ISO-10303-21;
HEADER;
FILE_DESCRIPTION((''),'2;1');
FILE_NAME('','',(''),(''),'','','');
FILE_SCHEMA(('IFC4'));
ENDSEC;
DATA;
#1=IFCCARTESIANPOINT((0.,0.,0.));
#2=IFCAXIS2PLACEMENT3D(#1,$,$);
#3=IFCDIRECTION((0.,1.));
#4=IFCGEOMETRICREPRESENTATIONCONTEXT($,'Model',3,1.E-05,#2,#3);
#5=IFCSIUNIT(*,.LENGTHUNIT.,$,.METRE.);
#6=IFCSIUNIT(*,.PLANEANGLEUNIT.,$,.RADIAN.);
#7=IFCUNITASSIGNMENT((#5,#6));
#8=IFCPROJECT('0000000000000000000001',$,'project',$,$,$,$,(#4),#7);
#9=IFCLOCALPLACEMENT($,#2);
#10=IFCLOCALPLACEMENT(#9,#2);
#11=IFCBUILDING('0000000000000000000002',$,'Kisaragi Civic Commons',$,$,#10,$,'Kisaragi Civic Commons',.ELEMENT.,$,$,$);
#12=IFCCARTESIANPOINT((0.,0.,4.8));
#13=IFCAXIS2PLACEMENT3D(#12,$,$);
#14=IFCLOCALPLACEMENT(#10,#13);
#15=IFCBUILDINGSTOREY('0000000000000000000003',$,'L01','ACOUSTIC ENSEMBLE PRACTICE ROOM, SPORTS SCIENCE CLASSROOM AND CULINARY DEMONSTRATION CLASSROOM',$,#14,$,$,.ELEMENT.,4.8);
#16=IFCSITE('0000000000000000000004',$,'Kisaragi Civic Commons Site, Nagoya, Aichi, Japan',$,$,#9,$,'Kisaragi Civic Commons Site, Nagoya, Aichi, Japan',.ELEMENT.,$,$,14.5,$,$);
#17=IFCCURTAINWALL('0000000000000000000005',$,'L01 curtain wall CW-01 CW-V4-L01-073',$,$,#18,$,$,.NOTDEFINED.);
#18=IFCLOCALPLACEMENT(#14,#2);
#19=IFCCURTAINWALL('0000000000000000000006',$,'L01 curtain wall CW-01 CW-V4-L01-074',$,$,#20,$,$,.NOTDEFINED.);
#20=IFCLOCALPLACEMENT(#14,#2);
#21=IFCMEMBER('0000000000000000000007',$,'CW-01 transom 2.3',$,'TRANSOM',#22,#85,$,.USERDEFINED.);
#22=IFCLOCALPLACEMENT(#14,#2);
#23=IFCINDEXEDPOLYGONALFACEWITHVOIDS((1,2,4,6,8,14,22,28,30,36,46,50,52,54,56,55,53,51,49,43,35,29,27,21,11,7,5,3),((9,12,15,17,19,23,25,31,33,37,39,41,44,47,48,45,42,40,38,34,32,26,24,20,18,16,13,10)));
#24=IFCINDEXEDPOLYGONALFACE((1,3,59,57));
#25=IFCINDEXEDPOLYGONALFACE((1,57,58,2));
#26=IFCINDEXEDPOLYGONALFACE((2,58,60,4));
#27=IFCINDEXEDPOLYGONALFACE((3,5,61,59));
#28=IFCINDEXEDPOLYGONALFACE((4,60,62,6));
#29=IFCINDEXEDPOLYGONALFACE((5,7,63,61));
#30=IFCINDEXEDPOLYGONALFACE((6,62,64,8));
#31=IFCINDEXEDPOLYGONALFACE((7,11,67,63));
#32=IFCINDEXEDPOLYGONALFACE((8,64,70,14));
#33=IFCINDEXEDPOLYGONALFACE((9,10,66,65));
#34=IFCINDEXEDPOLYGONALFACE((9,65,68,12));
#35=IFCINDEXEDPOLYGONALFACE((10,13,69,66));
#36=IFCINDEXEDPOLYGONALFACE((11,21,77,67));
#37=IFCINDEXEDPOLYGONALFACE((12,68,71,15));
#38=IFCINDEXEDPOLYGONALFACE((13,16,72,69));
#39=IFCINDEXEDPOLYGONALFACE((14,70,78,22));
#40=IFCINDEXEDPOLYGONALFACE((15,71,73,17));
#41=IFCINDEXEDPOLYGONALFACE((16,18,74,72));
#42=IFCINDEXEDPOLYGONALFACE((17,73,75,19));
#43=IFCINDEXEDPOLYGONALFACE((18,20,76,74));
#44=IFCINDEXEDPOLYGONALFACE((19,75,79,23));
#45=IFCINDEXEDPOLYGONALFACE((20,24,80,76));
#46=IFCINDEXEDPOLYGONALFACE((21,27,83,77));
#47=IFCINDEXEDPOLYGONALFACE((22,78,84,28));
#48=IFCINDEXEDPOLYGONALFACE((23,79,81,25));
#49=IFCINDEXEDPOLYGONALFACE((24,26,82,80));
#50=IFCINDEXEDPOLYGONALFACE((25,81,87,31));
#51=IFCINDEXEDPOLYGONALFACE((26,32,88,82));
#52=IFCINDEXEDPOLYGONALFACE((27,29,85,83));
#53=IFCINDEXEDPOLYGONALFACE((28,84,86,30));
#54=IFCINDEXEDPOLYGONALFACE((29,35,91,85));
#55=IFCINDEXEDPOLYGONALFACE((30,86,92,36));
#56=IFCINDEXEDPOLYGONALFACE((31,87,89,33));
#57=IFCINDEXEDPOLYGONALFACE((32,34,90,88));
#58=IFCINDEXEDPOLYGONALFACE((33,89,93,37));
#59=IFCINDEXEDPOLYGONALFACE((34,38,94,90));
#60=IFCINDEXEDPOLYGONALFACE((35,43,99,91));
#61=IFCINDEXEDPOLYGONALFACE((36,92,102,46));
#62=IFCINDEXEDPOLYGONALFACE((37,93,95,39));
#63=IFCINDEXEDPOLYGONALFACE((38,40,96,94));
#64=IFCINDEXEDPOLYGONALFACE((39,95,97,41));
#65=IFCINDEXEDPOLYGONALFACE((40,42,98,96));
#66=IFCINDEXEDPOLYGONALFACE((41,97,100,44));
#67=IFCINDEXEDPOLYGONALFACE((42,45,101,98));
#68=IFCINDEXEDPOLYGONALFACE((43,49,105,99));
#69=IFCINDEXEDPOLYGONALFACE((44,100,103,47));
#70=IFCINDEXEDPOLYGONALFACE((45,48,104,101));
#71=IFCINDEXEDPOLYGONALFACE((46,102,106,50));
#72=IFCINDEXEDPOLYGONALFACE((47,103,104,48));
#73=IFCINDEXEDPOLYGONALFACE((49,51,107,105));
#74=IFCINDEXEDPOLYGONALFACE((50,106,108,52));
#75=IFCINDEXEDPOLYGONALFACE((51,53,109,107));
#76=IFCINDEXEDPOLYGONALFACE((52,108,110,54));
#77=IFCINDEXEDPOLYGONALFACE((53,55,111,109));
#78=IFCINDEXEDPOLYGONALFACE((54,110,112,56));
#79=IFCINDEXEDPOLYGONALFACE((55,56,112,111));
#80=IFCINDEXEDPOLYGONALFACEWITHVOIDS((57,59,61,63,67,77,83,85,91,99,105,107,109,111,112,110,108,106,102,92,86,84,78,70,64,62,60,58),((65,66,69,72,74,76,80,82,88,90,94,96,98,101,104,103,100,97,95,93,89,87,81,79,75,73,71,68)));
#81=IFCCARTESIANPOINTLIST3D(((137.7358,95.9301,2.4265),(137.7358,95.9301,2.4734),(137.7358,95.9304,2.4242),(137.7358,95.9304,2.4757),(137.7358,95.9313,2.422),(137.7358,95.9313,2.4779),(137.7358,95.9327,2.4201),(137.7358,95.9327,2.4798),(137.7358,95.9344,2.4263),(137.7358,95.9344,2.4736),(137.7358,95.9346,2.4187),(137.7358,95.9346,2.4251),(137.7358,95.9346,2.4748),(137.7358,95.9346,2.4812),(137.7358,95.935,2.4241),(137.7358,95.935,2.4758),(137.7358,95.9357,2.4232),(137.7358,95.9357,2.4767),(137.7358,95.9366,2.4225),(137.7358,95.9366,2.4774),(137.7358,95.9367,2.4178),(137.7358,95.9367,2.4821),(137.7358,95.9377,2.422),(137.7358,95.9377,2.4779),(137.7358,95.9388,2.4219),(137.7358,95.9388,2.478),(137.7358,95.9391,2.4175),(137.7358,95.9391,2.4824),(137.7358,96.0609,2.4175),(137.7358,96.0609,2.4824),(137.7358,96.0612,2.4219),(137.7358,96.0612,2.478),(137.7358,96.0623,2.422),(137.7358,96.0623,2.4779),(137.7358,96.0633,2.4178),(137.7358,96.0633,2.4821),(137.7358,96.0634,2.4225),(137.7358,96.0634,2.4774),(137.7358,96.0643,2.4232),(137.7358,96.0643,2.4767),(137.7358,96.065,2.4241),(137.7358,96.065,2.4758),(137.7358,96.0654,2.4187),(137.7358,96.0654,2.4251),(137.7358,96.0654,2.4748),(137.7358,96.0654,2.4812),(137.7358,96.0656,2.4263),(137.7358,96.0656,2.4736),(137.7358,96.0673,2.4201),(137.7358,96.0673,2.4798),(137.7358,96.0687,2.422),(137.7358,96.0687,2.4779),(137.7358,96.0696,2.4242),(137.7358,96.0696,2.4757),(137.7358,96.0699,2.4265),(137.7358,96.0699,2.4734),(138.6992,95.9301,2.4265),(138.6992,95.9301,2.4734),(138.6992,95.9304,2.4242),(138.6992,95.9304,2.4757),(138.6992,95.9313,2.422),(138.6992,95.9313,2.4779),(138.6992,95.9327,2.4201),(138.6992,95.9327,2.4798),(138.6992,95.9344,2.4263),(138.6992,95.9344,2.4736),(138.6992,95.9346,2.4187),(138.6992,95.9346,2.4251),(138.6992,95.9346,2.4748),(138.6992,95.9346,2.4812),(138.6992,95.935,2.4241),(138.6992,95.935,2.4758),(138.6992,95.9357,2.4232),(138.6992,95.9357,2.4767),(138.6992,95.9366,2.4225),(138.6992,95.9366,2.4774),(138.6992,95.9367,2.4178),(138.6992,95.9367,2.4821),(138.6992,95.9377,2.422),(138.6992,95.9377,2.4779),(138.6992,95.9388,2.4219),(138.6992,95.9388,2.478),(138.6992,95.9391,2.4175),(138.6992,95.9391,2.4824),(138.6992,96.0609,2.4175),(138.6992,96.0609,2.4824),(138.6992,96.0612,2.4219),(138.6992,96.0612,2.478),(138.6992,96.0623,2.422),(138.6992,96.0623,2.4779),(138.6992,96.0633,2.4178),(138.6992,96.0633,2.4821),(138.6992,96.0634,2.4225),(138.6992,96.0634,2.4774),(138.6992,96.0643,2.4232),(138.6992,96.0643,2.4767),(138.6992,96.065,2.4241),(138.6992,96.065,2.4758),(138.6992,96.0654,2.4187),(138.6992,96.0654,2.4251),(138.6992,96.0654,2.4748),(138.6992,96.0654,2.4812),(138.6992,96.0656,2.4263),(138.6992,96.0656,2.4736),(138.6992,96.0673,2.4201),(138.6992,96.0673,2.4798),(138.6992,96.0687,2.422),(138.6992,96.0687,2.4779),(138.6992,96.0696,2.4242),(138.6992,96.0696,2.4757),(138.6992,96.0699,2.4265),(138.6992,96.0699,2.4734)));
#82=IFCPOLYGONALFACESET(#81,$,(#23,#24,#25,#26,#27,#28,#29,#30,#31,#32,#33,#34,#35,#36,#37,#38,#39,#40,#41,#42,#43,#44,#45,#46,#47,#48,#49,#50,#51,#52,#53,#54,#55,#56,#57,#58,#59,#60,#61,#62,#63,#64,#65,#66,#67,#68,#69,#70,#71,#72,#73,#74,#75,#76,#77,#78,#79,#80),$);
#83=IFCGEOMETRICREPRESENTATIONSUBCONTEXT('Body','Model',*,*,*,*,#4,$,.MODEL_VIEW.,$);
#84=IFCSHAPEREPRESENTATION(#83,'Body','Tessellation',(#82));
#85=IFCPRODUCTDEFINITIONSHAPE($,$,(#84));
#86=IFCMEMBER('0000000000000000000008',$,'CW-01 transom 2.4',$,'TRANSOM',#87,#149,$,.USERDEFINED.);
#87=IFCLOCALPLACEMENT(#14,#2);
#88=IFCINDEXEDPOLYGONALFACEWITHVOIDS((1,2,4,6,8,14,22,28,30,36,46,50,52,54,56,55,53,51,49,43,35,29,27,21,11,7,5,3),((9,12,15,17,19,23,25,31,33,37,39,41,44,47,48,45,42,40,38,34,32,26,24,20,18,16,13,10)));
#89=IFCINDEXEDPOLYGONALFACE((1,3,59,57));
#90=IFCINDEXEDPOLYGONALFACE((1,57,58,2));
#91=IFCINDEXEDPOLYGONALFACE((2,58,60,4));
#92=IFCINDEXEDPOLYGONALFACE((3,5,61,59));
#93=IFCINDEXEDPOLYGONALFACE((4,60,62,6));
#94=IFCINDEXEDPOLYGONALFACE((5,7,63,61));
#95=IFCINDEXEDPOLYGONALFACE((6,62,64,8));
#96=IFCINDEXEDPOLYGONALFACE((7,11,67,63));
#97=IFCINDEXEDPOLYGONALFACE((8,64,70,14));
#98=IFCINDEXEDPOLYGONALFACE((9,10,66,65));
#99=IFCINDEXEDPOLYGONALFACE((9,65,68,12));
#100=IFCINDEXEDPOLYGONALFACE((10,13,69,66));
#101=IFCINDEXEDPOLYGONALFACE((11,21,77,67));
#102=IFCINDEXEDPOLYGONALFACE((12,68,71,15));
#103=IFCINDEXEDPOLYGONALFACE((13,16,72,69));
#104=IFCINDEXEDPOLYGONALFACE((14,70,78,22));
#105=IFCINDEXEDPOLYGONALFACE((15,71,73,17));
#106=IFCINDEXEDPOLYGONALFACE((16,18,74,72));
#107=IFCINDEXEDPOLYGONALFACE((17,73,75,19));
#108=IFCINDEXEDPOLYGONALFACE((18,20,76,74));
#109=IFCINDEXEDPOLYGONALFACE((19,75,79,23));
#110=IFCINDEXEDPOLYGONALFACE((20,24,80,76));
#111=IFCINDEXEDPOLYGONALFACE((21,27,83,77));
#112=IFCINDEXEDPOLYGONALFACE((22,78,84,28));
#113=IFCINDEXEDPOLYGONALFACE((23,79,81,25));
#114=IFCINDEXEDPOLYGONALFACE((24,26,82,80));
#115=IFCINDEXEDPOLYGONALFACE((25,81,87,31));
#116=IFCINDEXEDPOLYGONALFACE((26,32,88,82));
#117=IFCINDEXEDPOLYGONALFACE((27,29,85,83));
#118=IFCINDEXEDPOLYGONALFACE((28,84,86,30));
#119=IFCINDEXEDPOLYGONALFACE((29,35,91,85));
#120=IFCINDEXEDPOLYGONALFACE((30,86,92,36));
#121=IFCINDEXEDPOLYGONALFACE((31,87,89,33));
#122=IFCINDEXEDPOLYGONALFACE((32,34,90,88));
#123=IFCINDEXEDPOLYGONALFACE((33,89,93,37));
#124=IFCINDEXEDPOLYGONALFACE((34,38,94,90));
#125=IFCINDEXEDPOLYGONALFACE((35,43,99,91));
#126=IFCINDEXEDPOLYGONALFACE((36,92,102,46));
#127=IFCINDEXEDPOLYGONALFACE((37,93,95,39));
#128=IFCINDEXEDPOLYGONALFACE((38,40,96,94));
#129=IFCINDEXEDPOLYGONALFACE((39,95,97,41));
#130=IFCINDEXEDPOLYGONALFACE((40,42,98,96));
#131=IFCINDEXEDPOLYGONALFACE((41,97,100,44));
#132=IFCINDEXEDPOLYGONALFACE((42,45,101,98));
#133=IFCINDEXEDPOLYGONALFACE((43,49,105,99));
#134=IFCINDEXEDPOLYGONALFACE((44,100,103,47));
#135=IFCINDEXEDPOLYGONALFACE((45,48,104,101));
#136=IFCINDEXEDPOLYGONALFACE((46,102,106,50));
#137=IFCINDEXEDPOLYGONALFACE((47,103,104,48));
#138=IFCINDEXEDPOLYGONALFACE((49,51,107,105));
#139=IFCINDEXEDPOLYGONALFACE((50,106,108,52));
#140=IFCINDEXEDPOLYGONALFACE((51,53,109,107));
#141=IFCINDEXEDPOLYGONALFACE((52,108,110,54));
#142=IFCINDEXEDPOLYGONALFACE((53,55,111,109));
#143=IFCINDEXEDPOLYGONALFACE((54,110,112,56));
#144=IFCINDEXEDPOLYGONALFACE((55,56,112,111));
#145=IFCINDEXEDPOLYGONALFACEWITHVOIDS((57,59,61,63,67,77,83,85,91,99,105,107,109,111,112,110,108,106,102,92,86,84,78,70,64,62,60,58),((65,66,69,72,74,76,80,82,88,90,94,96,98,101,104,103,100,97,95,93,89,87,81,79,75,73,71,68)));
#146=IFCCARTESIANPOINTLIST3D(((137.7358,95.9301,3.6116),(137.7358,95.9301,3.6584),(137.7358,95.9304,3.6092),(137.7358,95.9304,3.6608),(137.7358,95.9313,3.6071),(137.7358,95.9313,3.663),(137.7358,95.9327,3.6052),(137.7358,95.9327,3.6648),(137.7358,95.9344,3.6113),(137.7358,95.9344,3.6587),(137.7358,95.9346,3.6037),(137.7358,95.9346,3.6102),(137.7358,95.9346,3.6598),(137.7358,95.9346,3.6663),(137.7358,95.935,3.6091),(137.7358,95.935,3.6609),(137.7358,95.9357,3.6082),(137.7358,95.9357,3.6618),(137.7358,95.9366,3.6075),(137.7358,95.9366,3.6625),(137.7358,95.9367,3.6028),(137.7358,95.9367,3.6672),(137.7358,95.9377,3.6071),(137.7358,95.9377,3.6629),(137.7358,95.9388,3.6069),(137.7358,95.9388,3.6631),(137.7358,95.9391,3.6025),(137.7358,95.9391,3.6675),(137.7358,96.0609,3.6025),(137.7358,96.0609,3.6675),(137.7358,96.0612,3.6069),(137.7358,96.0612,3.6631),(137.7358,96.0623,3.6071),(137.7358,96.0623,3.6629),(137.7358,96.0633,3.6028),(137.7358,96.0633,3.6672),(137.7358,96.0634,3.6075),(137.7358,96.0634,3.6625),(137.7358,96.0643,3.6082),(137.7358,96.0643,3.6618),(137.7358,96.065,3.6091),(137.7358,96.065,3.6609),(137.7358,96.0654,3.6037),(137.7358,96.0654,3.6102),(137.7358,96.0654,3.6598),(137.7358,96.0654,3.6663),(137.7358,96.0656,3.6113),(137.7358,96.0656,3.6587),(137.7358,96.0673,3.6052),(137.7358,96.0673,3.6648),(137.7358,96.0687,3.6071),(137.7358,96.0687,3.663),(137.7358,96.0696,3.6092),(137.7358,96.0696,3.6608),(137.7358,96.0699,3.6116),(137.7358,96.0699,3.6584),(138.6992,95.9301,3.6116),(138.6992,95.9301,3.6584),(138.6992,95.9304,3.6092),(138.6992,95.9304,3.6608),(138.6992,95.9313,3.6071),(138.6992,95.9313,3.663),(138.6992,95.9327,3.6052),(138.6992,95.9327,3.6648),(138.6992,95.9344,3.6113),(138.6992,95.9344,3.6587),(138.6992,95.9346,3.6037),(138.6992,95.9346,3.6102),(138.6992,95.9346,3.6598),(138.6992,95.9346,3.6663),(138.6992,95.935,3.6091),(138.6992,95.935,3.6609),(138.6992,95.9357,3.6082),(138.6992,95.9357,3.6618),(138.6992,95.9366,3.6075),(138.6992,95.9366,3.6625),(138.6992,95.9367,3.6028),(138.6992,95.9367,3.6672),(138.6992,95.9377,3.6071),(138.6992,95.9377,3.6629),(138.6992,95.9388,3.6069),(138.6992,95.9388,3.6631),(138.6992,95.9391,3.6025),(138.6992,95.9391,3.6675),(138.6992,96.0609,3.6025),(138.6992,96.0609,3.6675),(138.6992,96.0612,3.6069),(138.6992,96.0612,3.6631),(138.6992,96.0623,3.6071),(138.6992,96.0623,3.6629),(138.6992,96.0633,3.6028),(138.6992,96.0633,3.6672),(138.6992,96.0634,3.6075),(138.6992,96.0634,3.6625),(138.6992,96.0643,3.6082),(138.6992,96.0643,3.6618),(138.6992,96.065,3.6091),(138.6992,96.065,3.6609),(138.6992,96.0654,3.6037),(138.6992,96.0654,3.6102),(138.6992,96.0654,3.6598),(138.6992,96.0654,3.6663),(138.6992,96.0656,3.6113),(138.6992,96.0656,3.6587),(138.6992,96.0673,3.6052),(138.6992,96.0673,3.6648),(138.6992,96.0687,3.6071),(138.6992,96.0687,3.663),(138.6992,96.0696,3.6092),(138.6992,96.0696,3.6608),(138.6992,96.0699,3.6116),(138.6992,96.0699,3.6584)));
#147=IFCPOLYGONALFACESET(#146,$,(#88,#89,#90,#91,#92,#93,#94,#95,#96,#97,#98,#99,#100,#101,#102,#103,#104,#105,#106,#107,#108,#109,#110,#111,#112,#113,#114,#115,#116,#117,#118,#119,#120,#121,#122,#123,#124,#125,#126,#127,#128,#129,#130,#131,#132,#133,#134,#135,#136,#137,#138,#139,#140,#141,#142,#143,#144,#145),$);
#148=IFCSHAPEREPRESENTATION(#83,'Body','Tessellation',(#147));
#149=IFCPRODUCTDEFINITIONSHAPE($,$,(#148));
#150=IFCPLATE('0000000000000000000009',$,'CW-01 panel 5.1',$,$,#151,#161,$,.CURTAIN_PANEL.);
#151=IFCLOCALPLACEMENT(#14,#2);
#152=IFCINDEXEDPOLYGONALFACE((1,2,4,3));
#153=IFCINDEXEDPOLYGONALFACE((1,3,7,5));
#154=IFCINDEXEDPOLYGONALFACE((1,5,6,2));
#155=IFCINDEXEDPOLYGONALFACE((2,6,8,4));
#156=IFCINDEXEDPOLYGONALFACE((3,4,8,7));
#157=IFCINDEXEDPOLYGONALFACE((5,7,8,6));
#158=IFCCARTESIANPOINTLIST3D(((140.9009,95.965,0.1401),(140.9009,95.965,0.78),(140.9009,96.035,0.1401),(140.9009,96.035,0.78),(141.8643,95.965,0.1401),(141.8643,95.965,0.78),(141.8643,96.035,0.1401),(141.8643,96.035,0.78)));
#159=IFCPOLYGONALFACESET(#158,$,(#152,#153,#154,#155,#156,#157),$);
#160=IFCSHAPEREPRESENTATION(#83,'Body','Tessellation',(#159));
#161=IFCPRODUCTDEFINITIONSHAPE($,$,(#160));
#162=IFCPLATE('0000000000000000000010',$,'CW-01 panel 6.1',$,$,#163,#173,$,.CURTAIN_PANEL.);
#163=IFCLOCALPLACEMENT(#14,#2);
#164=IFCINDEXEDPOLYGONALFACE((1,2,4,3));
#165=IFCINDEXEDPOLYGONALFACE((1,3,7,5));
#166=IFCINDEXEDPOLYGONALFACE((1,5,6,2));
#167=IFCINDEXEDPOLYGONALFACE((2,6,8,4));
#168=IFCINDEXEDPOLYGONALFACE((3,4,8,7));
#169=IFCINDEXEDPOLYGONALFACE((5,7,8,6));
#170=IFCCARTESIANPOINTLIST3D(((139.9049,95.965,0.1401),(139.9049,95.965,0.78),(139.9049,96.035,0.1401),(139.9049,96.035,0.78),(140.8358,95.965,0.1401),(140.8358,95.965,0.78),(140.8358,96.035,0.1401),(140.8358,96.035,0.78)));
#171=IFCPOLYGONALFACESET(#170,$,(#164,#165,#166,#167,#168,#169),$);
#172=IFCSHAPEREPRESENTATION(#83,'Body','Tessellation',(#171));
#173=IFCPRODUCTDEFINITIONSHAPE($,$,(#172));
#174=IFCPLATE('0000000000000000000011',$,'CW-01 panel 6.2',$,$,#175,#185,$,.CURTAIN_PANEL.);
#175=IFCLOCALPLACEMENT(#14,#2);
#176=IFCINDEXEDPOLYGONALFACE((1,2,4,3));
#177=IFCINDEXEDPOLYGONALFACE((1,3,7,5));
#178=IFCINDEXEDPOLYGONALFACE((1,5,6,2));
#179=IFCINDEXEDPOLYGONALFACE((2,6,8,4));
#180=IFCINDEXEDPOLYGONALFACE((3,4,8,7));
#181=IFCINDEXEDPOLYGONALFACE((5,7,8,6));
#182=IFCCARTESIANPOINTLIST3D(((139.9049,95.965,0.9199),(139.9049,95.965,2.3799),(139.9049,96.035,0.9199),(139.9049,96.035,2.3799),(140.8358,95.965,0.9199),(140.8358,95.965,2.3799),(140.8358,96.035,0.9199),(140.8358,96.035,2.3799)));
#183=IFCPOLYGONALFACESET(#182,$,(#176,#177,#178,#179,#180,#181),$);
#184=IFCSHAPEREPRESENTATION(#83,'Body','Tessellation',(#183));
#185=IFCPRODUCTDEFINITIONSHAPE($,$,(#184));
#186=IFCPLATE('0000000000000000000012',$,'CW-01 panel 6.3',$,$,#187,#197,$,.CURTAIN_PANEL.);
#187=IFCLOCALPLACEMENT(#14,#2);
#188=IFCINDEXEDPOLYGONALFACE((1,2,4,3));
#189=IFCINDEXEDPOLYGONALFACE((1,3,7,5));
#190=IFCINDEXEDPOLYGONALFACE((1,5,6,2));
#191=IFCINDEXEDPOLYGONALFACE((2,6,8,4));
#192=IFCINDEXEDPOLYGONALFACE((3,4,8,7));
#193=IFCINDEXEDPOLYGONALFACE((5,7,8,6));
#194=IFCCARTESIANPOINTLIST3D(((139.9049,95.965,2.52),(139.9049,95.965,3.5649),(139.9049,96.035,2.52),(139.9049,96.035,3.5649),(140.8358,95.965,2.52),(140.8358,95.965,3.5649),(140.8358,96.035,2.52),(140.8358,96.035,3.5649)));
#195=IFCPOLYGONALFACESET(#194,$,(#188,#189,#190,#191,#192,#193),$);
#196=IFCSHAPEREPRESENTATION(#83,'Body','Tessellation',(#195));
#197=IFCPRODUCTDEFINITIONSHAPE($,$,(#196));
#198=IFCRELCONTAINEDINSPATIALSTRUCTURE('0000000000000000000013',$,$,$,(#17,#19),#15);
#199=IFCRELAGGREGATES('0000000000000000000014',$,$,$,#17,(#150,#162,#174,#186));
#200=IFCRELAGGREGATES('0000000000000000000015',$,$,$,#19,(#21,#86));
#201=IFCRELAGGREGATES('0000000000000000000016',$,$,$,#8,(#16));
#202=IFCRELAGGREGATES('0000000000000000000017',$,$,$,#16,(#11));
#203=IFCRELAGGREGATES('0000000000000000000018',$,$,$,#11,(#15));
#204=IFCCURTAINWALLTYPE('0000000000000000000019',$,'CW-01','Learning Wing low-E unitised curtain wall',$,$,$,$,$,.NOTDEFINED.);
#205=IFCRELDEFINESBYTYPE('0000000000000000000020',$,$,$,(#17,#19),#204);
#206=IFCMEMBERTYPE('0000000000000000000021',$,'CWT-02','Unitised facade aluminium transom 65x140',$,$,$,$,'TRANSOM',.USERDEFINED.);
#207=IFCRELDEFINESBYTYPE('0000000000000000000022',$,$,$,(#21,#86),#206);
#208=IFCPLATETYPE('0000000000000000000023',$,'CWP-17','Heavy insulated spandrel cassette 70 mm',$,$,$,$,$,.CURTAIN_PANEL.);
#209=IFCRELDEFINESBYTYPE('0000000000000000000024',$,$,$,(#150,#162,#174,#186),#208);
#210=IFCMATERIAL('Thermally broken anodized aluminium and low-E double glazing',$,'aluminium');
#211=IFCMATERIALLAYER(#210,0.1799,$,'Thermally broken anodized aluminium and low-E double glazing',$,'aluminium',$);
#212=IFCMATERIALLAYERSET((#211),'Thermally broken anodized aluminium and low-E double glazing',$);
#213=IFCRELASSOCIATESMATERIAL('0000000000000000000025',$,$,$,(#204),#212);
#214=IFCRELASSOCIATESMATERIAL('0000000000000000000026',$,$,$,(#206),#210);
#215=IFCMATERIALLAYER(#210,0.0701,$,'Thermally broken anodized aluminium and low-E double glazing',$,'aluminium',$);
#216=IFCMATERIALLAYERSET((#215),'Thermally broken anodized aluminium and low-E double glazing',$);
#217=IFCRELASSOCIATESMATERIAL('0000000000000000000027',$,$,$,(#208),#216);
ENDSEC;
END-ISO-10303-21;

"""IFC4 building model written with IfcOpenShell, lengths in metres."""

from ifc_helpers import new_model, si_unit, direction, frame, origin, origin_2d, place, context, subcontext, project, spatial, rectangle, hollow_rectangle, extrude, material, layer, layer_set, material_profile, profile_set, type_object, element, aggregate, save


model = new_model("IFC4")

# Units and contexts
model_context = context("Model", 3, precision=1e-05, world=origin(), true_north=direction((0.0, 1.0)))
body_context = subcontext(model_context, "Body", "Model", "MODEL_VIEW")
ifc_project = project(units=[si_unit("LENGTHUNIT", "METRE"), si_unit("PLANEANGLEUNIT", "RADIAN")], contexts=[model_context])

# Site, building, storey
site_placement = place(None, origin())
site = spatial("IfcSite", under=ifc_project, at=site_placement, Name="Kisaragi Civic Commons Site, Nagoya, Aichi, Japan", LongName="Kisaragi Civic Commons Site, Nagoya, Aichi, Japan", CompositionType="ELEMENT", RefElevation=14.5)
building_placement = place(site_placement, origin())
building = spatial("IfcBuilding", under=site, at=building_placement, Name="Kisaragi Civic Commons", LongName="Kisaragi Civic Commons", CompositionType="ELEMENT")
storey_placement = place(building_placement, frame((0.0, 0.0, 4.8)))
storey = spatial("IfcBuildingStorey", under=building, at=storey_placement, Name="L01", Description="ACOUSTIC ENSEMBLE PRACTICE ROOM, SPORTS SCIENCE CLASSROOM AND CULINARY DEMONSTRATION CLASSROOM", CompositionType="ELEMENT", Elevation=4.8)

# Curtain walls
ifc_material = material(Name="Thermally broken anodized aluminium and low-E double glazing", Category="aluminium")
ifc_layer_1 = layer(ifc_material, 0.1799, Name="Thermally broken anodized aluminium and low-E double glazing", Category="aluminium")
ifc_layer_set_1 = layer_set([ifc_layer_1], Name="Thermally broken anodized aluminium and low-E double glazing")
curtain_wall_type = type_object("IfcCurtainWallType", Name="CW-01", Description="Learning Wing low-E unitised curtain wall", PredefinedType="NOTDEFINED", material=ifc_layer_set_1)
curtain_wall_1_placement = place(storey_placement, origin())
curtain_wall_1 = element("IfcCurtainWall", 1, at=curtain_wall_1_placement, inside=storey, type_object=curtain_wall_type, Name="L01 curtain wall CW-01 CW-V4-L01-073", PredefinedType="NOTDEFINED")
curtain_wall_2_placement = place(storey_placement, origin())
curtain_wall_2 = element("IfcCurtainWall", 2, at=curtain_wall_2_placement, inside=storey, type_object=curtain_wall_type, Name="L01 curtain wall CW-01 CW-V4-L01-074", PredefinedType="NOTDEFINED")

# Members
ifc_material_profile_1 = material_profile(ifc_material, hollow_rectangle(XDim=0.1399, YDim=0.0649, WallThickness=0.0044, InnerFilletRadius=0.0044, OuterFilletRadius=0.009, at=origin_2d()), Name="CWT-65x140x4.5", Category="aluminium")
ifc_profile_set_1 = profile_set([ifc_material_profile_1], Name="Thermally broken anodized aluminium and low-E double glazing")
member_type_1 = type_object("IfcMemberType", Name="CWT-02", Description="Unitised facade aluminium transom 65x140", ElementType="TRANSOM", PredefinedType="USERDEFINED", material=ifc_profile_set_1)
member_1_placement = place(storey_placement, frame((138.6992, 96.0, 2.45), z_axis=(-1.0, 0.0, 0.0), x_axis=(0.0, -1.0, 0.0)))
member_1 = element("IfcMember", 3, at=member_1_placement, type_object=member_type_1, Name="CW-01 transom 2.3", ObjectType="TRANSOM", PredefinedType="USERDEFINED", context=body_context, shape_type="SweptSolid", body=[
    extrude(hollow_rectangle(XDim=0.1399, YDim=0.0649, WallThickness=0.0044, InnerFilletRadius=0.0044, OuterFilletRadius=0.009, at=origin_2d()), origin(), (0.0, 0.0, 1.0), 0.9634),
])
member_2_placement = place(storey_placement, frame((138.6992, 96.0, 3.635), z_axis=(-1.0, 0.0, 0.0), x_axis=(0.0, -1.0, 0.0)))
member_2 = element("IfcMember", 4, at=member_2_placement, type_object=member_type_1, Name="CW-01 transom 2.4", ObjectType="TRANSOM", PredefinedType="USERDEFINED", context=body_context, shape_type="SweptSolid", body=[
    extrude(hollow_rectangle(XDim=0.1399, YDim=0.0649, WallThickness=0.0044, InnerFilletRadius=0.0044, OuterFilletRadius=0.009, at=origin_2d()), origin(), (0.0, 0.0, 1.0), 0.9634),
])

# Plates
ifc_layer_2 = layer(ifc_material, 0.0701, Name="Thermally broken anodized aluminium and low-E double glazing", Category="aluminium")
ifc_layer_set_2 = layer_set([ifc_layer_2], Name="Thermally broken anodized aluminium and low-E double glazing")
plate_type_1 = type_object("IfcPlateType", Name="CWP-17", Description="Heavy insulated spandrel cassette 70 mm", PredefinedType="CURTAIN_PANEL", material=ifc_layer_set_2)
plate_1_placement = place(storey_placement, frame((141.3826, 96.0, 0.1401), z_axis=(0.0, 0.0, 1.0), x_axis=(-1.0, 0.0, 0.0)))
plate_1 = element("IfcPlate", 5, at=plate_1_placement, type_object=plate_type_1, Name="CW-01 panel 5.1", PredefinedType="CURTAIN_PANEL", context=body_context, shape_type="SweptSolid", body=[
    extrude(rectangle(XDim=0.9634, YDim=0.0701, at=origin_2d()), origin(), (0.0, 0.0, 1.0), 0.6399),
])
plate_2_placement = place(storey_placement, frame((140.3704, 96.0, 0.1401), z_axis=(0.0, 0.0, 1.0), x_axis=(-1.0, 0.0, 0.0)))
plate_2 = element("IfcPlate", 6, at=plate_2_placement, type_object=plate_type_1, Name="CW-01 panel 6.1", PredefinedType="CURTAIN_PANEL", context=body_context, shape_type="SweptSolid", body=[
    extrude(rectangle(XDim=0.9309, YDim=0.0701, at=origin_2d()), origin(), (0.0, 0.0, 1.0), 0.6399),
])
plate_3_placement = place(storey_placement, frame((140.3704, 96.0, 0.9199), z_axis=(0.0, 0.0, 1.0), x_axis=(-1.0, 0.0, 0.0)))
plate_3 = element("IfcPlate", 7, at=plate_3_placement, type_object=plate_type_1, Name="CW-01 panel 6.2", PredefinedType="CURTAIN_PANEL", context=body_context, shape_type="SweptSolid", body=[
    extrude(rectangle(XDim=0.9309, YDim=0.0701, at=origin_2d()), origin(), (0.0, 0.0, 1.0), 1.46),
])
plate_4_placement = place(storey_placement, frame((140.3704, 96.0, 2.52), z_axis=(0.0, 0.0, 1.0), x_axis=(-1.0, 0.0, 0.0)))
plate_4 = element("IfcPlate", 8, at=plate_4_placement, type_object=plate_type_1, Name="CW-01 panel 6.3", PredefinedType="CURTAIN_PANEL", context=body_context, shape_type="SweptSolid", body=[
    extrude(rectangle(XDim=0.9309, YDim=0.0701, at=origin_2d()), origin(), (0.0, 0.0, 1.0), 1.0449),
])
aggregate(curtain_wall_1, [plate_1, plate_2, plate_3, plate_4])
aggregate(curtain_wall_2, [member_1, member_2])

save(model, "model.ifc")
